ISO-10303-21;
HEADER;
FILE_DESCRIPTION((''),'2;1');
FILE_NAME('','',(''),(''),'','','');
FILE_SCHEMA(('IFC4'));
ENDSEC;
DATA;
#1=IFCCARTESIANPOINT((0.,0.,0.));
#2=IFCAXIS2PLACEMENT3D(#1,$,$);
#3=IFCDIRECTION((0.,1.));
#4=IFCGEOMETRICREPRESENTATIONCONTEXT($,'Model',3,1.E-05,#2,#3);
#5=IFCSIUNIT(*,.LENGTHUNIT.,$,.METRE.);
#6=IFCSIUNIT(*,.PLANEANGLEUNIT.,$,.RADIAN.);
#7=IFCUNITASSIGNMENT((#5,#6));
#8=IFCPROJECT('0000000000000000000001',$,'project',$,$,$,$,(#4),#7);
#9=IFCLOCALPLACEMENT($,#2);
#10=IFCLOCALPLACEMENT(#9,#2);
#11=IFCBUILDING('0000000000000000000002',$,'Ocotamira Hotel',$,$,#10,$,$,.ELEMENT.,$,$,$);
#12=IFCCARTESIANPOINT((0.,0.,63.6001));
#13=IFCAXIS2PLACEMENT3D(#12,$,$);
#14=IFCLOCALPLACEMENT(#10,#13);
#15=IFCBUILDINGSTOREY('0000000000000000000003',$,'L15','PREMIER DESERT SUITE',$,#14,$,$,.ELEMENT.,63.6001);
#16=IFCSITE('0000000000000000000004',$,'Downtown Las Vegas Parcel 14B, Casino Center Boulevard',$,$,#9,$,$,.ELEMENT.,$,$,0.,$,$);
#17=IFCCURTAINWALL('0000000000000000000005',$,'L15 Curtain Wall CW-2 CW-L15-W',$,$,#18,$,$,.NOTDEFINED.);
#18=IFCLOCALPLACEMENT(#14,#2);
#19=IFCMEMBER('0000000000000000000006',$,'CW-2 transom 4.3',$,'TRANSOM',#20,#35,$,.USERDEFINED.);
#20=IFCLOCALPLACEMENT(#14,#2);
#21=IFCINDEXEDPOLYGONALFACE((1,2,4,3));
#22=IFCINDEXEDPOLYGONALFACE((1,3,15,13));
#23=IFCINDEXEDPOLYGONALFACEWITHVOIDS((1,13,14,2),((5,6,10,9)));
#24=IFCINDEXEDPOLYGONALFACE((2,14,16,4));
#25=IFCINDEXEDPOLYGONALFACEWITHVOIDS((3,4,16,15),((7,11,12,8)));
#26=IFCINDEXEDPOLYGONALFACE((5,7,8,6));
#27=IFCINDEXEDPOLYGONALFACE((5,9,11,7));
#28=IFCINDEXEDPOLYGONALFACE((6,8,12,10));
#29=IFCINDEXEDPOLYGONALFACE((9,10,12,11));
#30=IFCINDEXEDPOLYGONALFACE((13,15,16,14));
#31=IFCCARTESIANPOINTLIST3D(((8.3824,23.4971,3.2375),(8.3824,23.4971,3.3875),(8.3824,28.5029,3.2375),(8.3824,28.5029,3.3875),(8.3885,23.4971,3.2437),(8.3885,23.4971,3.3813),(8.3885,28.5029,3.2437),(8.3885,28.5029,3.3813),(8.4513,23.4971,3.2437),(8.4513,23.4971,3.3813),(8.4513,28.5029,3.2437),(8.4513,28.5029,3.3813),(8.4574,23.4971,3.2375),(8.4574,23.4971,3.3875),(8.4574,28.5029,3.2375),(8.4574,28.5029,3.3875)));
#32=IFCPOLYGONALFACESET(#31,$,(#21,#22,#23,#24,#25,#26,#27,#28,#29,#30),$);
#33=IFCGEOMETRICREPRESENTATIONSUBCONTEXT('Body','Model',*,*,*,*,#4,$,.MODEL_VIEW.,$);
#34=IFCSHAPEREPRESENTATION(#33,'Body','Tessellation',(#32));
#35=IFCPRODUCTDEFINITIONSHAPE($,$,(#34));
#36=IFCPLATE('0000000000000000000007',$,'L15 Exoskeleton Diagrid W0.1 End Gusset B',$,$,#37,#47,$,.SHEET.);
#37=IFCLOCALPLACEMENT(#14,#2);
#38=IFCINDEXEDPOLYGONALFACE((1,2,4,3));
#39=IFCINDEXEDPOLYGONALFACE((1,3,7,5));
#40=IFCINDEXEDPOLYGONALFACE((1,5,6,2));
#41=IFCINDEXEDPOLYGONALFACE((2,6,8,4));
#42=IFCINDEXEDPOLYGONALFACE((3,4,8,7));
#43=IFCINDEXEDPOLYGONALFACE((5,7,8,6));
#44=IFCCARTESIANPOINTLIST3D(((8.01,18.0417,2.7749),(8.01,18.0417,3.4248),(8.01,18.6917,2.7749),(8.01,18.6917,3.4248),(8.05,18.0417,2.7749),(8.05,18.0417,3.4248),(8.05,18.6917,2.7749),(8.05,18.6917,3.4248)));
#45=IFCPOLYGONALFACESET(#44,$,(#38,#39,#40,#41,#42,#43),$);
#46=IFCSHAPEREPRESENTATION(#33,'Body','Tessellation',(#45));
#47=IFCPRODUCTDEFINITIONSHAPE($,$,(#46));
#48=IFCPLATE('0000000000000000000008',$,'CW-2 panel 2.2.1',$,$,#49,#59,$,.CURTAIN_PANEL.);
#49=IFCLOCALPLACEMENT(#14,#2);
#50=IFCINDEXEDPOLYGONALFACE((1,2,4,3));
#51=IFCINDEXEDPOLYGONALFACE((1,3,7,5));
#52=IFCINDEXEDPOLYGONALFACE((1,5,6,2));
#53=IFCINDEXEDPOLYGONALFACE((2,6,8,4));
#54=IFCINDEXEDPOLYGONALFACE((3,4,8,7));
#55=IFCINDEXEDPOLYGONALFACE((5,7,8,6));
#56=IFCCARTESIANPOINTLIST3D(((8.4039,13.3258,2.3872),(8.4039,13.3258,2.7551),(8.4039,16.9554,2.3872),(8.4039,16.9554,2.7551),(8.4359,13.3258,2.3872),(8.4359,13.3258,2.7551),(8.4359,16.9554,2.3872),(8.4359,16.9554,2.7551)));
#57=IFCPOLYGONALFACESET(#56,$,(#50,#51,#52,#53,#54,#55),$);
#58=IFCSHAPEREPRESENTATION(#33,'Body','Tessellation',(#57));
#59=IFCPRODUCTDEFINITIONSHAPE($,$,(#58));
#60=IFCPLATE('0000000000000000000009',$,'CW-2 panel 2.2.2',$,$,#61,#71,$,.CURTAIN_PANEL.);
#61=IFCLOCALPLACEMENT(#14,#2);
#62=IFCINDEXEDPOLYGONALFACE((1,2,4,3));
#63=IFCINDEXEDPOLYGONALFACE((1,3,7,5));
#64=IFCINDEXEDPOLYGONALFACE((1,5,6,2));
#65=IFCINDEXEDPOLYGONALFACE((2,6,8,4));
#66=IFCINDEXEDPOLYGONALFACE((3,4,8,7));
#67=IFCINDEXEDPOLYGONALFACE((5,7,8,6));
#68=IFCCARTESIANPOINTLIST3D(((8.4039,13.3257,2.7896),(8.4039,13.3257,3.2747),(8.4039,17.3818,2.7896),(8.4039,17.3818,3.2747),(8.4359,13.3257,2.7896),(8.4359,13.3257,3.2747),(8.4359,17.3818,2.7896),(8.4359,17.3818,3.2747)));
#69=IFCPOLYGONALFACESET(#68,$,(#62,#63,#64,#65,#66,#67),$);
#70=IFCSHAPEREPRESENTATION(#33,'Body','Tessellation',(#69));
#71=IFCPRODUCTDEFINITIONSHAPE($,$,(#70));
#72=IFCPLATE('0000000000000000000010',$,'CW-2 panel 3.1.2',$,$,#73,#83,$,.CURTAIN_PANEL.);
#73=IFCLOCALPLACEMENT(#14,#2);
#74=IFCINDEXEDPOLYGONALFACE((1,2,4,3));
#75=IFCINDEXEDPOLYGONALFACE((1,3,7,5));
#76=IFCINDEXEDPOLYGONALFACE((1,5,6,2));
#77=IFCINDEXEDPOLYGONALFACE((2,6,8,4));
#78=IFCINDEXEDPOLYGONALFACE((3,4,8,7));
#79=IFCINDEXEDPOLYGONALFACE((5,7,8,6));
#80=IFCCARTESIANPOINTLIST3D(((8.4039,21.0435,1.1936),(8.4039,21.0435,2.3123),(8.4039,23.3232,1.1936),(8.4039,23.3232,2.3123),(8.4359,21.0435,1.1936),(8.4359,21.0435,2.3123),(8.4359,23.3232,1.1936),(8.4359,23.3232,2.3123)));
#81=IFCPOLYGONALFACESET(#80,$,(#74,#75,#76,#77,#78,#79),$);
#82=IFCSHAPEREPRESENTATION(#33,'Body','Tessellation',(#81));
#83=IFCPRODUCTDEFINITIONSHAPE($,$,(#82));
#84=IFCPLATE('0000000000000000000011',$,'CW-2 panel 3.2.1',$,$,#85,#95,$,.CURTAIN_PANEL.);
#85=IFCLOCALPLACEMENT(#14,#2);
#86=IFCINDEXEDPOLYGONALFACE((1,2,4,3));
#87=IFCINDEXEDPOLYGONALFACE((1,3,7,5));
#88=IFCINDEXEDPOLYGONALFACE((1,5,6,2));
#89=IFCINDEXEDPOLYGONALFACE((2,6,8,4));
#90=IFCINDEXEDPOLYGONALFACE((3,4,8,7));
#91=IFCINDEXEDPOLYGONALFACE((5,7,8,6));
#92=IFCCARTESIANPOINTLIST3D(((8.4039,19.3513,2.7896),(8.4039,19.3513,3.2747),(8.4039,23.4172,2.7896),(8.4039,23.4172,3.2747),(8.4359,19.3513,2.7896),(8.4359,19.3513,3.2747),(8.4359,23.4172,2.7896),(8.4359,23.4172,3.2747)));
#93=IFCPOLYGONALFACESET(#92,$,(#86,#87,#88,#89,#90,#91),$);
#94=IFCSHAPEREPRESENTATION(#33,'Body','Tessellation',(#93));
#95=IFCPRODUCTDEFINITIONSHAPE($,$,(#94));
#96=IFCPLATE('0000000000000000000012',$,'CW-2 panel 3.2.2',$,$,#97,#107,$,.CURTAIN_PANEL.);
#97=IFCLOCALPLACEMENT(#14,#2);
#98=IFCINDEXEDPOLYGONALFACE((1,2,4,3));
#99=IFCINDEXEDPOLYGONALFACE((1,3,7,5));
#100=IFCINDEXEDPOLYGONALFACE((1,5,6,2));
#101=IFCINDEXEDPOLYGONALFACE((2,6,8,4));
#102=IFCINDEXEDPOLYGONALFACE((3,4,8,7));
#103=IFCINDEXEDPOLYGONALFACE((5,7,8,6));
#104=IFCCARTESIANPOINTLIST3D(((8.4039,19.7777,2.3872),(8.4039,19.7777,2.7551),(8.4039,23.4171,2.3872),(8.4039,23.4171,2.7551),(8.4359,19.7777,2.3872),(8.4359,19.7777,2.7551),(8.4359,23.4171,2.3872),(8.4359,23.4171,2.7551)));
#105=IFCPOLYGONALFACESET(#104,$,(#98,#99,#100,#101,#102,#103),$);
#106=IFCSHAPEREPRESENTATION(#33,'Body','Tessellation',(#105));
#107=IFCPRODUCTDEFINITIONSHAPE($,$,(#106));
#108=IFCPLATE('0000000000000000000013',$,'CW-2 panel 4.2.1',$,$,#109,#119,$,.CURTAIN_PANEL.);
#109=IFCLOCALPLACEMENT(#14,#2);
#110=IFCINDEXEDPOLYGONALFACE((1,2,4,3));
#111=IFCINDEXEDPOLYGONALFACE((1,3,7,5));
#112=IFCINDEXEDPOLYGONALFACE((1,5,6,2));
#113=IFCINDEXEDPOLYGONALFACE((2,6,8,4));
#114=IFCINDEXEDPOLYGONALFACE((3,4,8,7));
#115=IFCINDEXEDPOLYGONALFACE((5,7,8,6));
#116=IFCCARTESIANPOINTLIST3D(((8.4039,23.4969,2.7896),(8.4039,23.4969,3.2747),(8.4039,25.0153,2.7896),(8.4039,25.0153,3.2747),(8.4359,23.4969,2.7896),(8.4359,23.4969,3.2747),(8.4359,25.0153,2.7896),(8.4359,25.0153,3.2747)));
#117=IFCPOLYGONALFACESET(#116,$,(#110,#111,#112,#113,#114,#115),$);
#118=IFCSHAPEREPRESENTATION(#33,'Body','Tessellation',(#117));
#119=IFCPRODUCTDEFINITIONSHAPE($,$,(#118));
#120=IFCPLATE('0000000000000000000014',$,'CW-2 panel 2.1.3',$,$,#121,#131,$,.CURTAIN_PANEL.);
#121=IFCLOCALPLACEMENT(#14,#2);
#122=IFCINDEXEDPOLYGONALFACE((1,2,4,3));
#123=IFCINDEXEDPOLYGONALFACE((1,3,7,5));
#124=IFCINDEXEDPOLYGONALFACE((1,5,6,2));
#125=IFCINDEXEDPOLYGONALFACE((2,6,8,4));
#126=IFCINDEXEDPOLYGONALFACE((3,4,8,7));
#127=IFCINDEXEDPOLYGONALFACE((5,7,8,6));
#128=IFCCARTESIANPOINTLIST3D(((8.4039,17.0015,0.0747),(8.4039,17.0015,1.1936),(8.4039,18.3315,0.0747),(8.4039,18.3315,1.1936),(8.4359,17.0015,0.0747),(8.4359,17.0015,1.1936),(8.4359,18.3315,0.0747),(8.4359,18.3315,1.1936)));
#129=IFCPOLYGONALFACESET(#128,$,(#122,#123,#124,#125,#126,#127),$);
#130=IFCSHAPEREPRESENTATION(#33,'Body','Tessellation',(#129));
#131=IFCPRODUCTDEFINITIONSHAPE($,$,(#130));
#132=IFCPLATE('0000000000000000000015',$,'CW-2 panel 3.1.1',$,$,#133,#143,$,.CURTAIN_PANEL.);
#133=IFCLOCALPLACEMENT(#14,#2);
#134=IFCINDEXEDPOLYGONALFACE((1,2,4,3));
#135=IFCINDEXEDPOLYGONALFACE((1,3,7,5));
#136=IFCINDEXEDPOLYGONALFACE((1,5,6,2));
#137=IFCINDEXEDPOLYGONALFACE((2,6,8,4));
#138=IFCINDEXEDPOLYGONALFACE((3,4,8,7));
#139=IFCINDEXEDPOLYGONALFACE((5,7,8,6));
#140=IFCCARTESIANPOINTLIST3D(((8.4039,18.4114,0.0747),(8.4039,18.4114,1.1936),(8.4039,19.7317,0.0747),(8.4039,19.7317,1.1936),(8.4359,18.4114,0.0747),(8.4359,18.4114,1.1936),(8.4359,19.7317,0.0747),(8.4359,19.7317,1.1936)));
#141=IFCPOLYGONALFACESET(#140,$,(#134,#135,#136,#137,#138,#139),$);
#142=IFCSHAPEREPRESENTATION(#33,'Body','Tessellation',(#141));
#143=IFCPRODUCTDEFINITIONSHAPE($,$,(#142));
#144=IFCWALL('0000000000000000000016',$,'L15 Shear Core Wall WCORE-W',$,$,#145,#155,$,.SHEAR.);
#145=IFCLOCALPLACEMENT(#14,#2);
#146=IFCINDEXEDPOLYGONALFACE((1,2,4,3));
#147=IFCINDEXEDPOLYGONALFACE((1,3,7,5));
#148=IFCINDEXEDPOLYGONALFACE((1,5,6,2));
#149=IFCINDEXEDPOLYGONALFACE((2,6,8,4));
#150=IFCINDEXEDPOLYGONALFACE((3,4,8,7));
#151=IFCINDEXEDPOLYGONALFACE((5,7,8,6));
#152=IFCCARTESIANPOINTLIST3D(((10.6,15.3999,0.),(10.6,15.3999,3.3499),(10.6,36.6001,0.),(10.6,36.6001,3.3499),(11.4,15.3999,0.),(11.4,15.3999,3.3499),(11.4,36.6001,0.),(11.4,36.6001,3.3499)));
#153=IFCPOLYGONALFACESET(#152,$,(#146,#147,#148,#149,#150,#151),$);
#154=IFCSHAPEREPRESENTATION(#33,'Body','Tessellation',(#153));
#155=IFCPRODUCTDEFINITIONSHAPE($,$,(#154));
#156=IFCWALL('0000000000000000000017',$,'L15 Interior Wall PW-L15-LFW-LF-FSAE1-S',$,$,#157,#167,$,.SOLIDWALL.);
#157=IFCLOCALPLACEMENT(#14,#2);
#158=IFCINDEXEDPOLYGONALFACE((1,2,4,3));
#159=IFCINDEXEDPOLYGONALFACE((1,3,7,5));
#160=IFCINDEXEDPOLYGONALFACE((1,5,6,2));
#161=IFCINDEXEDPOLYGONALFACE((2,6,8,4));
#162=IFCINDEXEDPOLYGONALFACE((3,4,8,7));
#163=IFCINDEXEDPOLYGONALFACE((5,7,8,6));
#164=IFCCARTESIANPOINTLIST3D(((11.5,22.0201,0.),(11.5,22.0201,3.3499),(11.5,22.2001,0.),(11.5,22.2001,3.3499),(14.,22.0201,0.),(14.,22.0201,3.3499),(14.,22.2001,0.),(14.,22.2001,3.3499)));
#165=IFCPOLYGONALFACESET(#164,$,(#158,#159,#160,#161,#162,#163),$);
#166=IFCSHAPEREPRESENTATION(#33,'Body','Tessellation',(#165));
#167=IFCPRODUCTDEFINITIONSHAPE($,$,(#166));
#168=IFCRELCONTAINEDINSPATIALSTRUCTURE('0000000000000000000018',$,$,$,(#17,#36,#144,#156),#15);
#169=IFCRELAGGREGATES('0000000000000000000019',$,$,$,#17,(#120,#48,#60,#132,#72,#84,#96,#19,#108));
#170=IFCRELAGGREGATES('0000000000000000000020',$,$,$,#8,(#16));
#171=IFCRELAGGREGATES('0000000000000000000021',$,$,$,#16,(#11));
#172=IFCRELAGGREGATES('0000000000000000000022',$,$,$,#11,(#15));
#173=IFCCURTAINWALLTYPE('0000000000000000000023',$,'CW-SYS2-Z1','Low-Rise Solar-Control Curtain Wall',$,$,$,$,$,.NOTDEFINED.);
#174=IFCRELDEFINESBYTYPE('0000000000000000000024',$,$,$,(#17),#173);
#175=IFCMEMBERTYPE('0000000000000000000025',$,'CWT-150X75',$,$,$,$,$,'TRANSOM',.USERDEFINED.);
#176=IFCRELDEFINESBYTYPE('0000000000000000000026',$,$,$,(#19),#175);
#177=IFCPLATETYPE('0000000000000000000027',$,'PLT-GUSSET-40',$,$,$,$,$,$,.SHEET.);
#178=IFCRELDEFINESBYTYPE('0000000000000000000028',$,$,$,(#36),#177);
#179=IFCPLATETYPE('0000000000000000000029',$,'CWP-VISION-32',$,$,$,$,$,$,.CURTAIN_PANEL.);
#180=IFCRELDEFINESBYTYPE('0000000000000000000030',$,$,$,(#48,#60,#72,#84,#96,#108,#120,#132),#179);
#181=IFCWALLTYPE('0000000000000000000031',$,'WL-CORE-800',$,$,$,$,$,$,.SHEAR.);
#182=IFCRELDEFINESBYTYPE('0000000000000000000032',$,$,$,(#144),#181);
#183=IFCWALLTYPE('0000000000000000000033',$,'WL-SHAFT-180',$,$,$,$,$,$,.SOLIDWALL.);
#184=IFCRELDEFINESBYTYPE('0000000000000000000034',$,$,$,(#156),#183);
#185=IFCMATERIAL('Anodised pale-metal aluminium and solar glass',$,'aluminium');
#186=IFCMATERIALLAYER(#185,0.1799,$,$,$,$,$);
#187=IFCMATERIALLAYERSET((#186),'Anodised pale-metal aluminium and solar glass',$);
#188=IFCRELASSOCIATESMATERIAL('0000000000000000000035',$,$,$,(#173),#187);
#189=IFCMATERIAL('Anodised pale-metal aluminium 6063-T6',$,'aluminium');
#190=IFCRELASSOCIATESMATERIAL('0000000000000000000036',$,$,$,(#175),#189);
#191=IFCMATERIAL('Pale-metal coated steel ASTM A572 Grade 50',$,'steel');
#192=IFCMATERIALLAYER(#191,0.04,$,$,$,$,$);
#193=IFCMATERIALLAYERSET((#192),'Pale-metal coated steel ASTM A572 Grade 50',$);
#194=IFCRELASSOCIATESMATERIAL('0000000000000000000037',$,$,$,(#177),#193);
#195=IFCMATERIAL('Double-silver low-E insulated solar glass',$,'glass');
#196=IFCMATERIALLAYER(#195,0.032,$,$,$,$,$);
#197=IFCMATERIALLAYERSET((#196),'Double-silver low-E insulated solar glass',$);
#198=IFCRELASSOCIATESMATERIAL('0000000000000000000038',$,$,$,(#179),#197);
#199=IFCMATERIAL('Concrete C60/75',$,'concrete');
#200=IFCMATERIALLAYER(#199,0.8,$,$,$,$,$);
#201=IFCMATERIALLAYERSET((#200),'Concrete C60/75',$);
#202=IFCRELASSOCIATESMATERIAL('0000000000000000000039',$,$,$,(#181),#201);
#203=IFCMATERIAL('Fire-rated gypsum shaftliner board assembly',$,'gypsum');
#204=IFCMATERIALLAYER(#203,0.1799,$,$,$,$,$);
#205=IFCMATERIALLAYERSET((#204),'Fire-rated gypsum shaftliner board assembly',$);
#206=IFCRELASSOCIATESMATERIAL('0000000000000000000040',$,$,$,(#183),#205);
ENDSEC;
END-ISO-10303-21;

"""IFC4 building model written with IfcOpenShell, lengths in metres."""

from ifc_helpers import new_model, si_unit, direction, frame, frame_2d, origin, origin_2d, place, context, subcontext, project, spatial, rectangle, hollow_rectangle, extrude, source, transform, mapped, material, layer, layer_set, material_profile, profile_set, type_object, element, aggregate, save


model = new_model("IFC4")

# Units and contexts
model_context = context("Model", 3, precision=1e-05, world=origin(), true_north=direction((0.0, 1.0)))
body_context = subcontext(model_context, "Body", "Model", "MODEL_VIEW")
ifc_project = project(units=[si_unit("LENGTHUNIT", "METRE"), si_unit("PLANEANGLEUNIT", "RADIAN")], contexts=[model_context])

# Site, building, storey
site_placement = place(None, origin())
site = spatial("IfcSite", under=ifc_project, at=site_placement, Name="Downtown Las Vegas Parcel 14B, Casino Center Boulevard", CompositionType="ELEMENT", RefElevation=0.0)
building_placement = place(site_placement, origin())
building = spatial("IfcBuilding", under=site, at=building_placement, Name="Ocotamira Hotel", CompositionType="ELEMENT")
storey_placement = place(building_placement, frame((0.0, 0.0, 63.6001)))
storey = spatial("IfcBuildingStorey", under=building, at=storey_placement, Name="L15", Description="PREMIER DESERT SUITE", CompositionType="ELEMENT", Elevation=63.6001)

# Shared definitions
ifc_material_1 = material(Name="Concrete C60/75", Category="concrete")

# Curtain wall, member
ifc_material_2 = material(Name="Anodised pale-metal aluminium and solar glass", Category="aluminium")
ifc_layer_1 = layer(ifc_material_2, 0.1799)
ifc_layer_set_1 = layer_set([ifc_layer_1], Name="Anodised pale-metal aluminium and solar glass")
curtain_wall_type = type_object("IfcCurtainWallType", Name="CW-SYS2-Z1", Description="Low-Rise Solar-Control Curtain Wall", PredefinedType="NOTDEFINED", material=ifc_layer_set_1)
curtain_wall_placement = place(storey_placement, origin())
curtain_wall = element("IfcCurtainWall", 1, at=curtain_wall_placement, inside=storey, type_object=curtain_wall_type, Name="L15 Curtain Wall CW-2 CW-L15-W", PredefinedType="NOTDEFINED")
ifc_material_3 = material(Name="Anodised pale-metal aluminium 6063-T6", Category="aluminium")
ifc_material_profile_1 = material_profile(ifc_material_3, hollow_rectangle(XDim=0.075, YDim=0.1499, WallThickness=0.0061, at=origin_2d()), Name="HSS150X75X6")
ifc_profile_set_1 = profile_set([ifc_material_profile_1], Name="Anodised pale-metal aluminium 6063-T6")
member_type_1 = type_object("IfcMemberType", Name="CWT-150X75", ElementType="TRANSOM", PredefinedType="USERDEFINED", material=ifc_profile_set_1)
shared_shape_1 = source(origin(), body_context, "Body", "SweptSolid", [
    extrude(hollow_rectangle(XDim=0.075, YDim=0.1499, WallThickness=0.0061, at=origin_2d()), origin(), (0.0, 0.0, 1.0), 5.0059),
])
member_1_placement = place(storey_placement, frame((8.4199, 23.4971, 3.3125), z_axis=(0.0, 1.0, 0.0), x_axis=(-1.0, 0.0, 0.0)))
member_1 = element("IfcMember", 2, at=member_1_placement, type_object=member_type_1, Name="CW-2 transom 4.3", ObjectType="TRANSOM", PredefinedType="USERDEFINED", context=body_context, shape_type="MappedRepresentation", body=[
    mapped(shared_shape_1, transform((0.0, 0.0, 0.0), scale=1.0)),
])

# Plates
ifc_material_4 = material(Name="Pale-metal coated steel ASTM A572 Grade 50", Category="steel")
ifc_layer_2 = layer(ifc_material_4, 0.04)
ifc_layer_set_2 = layer_set([ifc_layer_2], Name="Pale-metal coated steel ASTM A572 Grade 50")
plate_type_1 = type_object("IfcPlateType", Name="PLT-GUSSET-40", PredefinedType="SHEET", material=ifc_layer_set_2)
shared_shape_2 = source(origin(), body_context, "Body", "SweptSolid", [
    extrude(rectangle(XDim=0.04, YDim=0.6499, at=origin_2d()), origin(), (0.0, 0.0, 1.0), 0.6499),
])
plate_1_placement = place(storey_placement, frame((8.03, 18.3667, 2.7749), z_axis=(0.0, 0.0, 1.0), x_axis=(1.0, 0.0, 0.0)))
element("IfcPlate", 3, at=plate_1_placement, inside=storey, type_object=plate_type_1, Name="L15 Exoskeleton Diagrid W0.1 End Gusset B", PredefinedType="SHEET", context=body_context, shape_type="MappedRepresentation", body=[
    mapped(shared_shape_2, transform((0.0, 0.0, 0.0), scale=1.0)),
])
ifc_material_5 = material(Name="Double-silver low-E insulated solar glass", Category="glass")
ifc_layer_3 = layer(ifc_material_5, 0.032)
ifc_layer_set_3 = layer_set([ifc_layer_3], Name="Double-silver low-E insulated solar glass")
plate_type_2 = type_object("IfcPlateType", Name="CWP-VISION-32", PredefinedType="CURTAIN_PANEL", material=ifc_layer_set_3)
shared_shape_3 = source(origin(), body_context, "Body", "SweptSolid", [
    extrude(rectangle(XDim=3.6296, YDim=0.032, at=origin_2d()), origin(), (0.0, 0.0, 1.0), 0.3679),
])
plate_2_placement = place(storey_placement, frame((8.4199, 15.1406, 2.3872), z_axis=(0.0, 0.0, 1.0), x_axis=(0.0, 1.0, 0.0)))
plate_2 = element("IfcPlate", 4, at=plate_2_placement, type_object=plate_type_2, Name="CW-2 panel 2.2.1", PredefinedType="CURTAIN_PANEL", context=body_context, shape_type="MappedRepresentation", body=[
    mapped(shared_shape_3, transform((0.0, 0.0, 0.0), scale=1.0)),
])
shared_shape_4 = source(origin(), body_context, "Body", "SweptSolid", [
    extrude(rectangle(XDim=4.0562, YDim=0.032, at=origin_2d()), origin(), (0.0, 0.0, 1.0), 0.4851),
])
plate_3_placement = place(storey_placement, frame((8.4199, 15.3538, 2.7896), z_axis=(0.0, 0.0, 1.0), x_axis=(0.0, 1.0, 0.0)))
plate_3 = element("IfcPlate", 5, at=plate_3_placement, type_object=plate_type_2, Name="CW-2 panel 2.2.2", PredefinedType="CURTAIN_PANEL", context=body_context, shape_type="MappedRepresentation", body=[
    mapped(shared_shape_4, transform((0.0, 0.0, 0.0), scale=1.0)),
])
shared_shape_5 = source(origin(), body_context, "Body", "SweptSolid", [
    extrude(rectangle(XDim=2.2798, YDim=0.032, at=origin_2d()), origin(), (0.0, 0.0, 1.0), 1.1187),
])
plate_4_placement = place(storey_placement, frame((8.4199, 22.1833, 1.1936), z_axis=(0.0, 0.0, 1.0), x_axis=(0.0, 1.0, 0.0)))
plate_4 = element("IfcPlate", 6, at=plate_4_placement, type_object=plate_type_2, Name="CW-2 panel 3.1.2", PredefinedType="CURTAIN_PANEL", context=body_context, shape_type="MappedRepresentation", body=[
    mapped(shared_shape_5, transform((0.0, 0.0, 0.0), scale=1.0)),
])
shared_shape_6 = source(origin(), body_context, "Body", "SweptSolid", [
    extrude(rectangle(XDim=4.0659, YDim=0.032, at=origin_2d()), origin(), (0.0, 0.0, 1.0), 0.4851),
])
plate_5_placement = place(storey_placement, frame((8.4199, 21.3843, 2.7896), z_axis=(0.0, 0.0, 1.0), x_axis=(0.0, 1.0, 0.0)))
plate_5 = element("IfcPlate", 7, at=plate_5_placement, type_object=plate_type_2, Name="CW-2 panel 3.2.1", PredefinedType="CURTAIN_PANEL", context=body_context, shape_type="MappedRepresentation", body=[
    mapped(shared_shape_6, transform((0.0, 0.0, 0.0), scale=1.0)),
])
shared_shape_7 = source(origin(), body_context, "Body", "SweptSolid", [
    extrude(rectangle(XDim=3.6394, YDim=0.032, at=origin_2d()), origin(), (0.0, 0.0, 1.0), 0.3679),
])
plate_6_placement = place(storey_placement, frame((8.4199, 21.5974, 2.3872), z_axis=(0.0, 0.0, 1.0), x_axis=(0.0, 1.0, 0.0)))
plate_6 = element("IfcPlate", 8, at=plate_6_placement, type_object=plate_type_2, Name="CW-2 panel 3.2.2", PredefinedType="CURTAIN_PANEL", context=body_context, shape_type="MappedRepresentation", body=[
    mapped(shared_shape_7, transform((0.0, 0.0, 0.0), scale=1.0)),
])
shared_shape_8 = source(origin(), body_context, "Body", "SweptSolid", [
    extrude(rectangle(XDim=1.5183, YDim=0.032, at=origin_2d()), origin(), (0.0, 0.0, 1.0), 0.4851),
])
plate_7_placement = place(storey_placement, frame((8.4199, 24.2561, 2.7896), z_axis=(0.0, 0.0, 1.0), x_axis=(0.0, 1.0, 0.0)))
plate_7 = element("IfcPlate", 9, at=plate_7_placement, type_object=plate_type_2, Name="CW-2 panel 4.2.1", PredefinedType="CURTAIN_PANEL", context=body_context, shape_type="MappedRepresentation", body=[
    mapped(shared_shape_8, transform((0.0, 0.0, 0.0), scale=1.0)),
])
shared_shape_9 = source(origin(), body_context, "Body", "SweptSolid", [
    extrude(rectangle(XDim=1.3301, YDim=0.032, at=origin_2d()), origin(), (0.0, 0.0, 1.0), 1.1189),
])
plate_8_placement = place(storey_placement, frame((8.4199, 17.6665, 0.0747), z_axis=(0.0, 0.0, 1.0), x_axis=(0.0, 1.0, 0.0)))
plate_8 = element("IfcPlate", 10, at=plate_8_placement, type_object=plate_type_2, Name="CW-2 panel 2.1.3", PredefinedType="CURTAIN_PANEL", context=body_context, shape_type="MappedRepresentation", body=[
    mapped(shared_shape_9, transform((0.0, 0.0, 0.0), scale=1.0)),
])
shared_shape_10 = source(origin(), body_context, "Body", "SweptSolid", [
    extrude(rectangle(XDim=1.3203, YDim=0.032, at=origin_2d()), origin(), (0.0, 0.0, 1.0), 1.1189),
])
plate_9_placement = place(storey_placement, frame((8.4199, 19.0715, 0.0747), z_axis=(0.0, 0.0, 1.0), x_axis=(0.0, 1.0, 0.0)))
plate_9 = element("IfcPlate", 11, at=plate_9_placement, type_object=plate_type_2, Name="CW-2 panel 3.1.1", PredefinedType="CURTAIN_PANEL", context=body_context, shape_type="MappedRepresentation", body=[
    mapped(shared_shape_10, transform((0.0, 0.0, 0.0), scale=1.0)),
])
aggregate(curtain_wall, [plate_8, plate_2, plate_3, plate_9, plate_4, plate_5, plate_6, member_1, plate_7])

# Shared definitions
ifc_layer_4 = layer(ifc_material_1, 0.8)
ifc_layer_set_4 = layer_set([ifc_layer_4], Name="Concrete C60/75")
wall_type_1 = type_object("IfcWallType", Name="WL-CORE-800", PredefinedType="SHEAR", material=ifc_layer_set_4)

# Walls
wall_1_placement = place(storey_placement, frame((11.0, 15.3999, 0.0), z_axis=(0.0, 0.0, 1.0), x_axis=(0.0, 1.0, 0.0)))
element("IfcWall", 12, at=wall_1_placement, inside=storey, type_object=wall_type_1, Name="L15 Shear Core Wall WCORE-W", PredefinedType="SHEAR", context=body_context, shape_type="SweptSolid", body=[
    extrude(rectangle(XDim=21.2002, YDim=0.8, at=frame_2d((10.6001, 0.0))), origin(), (0.0, 0.0, 1.0), 3.3499),
])
ifc_material_6 = material(Name="Fire-rated gypsum shaftliner board assembly", Category="gypsum")
ifc_layer_5 = layer(ifc_material_6, 0.1799)
ifc_layer_set_5 = layer_set([ifc_layer_5], Name="Fire-rated gypsum shaftliner board assembly")
wall_type_2 = type_object("IfcWallType", Name="WL-SHAFT-180", PredefinedType="SOLIDWALL", material=ifc_layer_set_5)
wall_2_placement = place(storey_placement, frame((11.5, 22.1101, 0.0), z_axis=(0.0, 0.0, 1.0), x_axis=(1.0, 0.0, 0.0)))
element("IfcWall", 13, at=wall_2_placement, inside=storey, type_object=wall_type_2, Name="L15 Interior Wall PW-L15-LFW-LF-FSAE1-S", PredefinedType="SOLIDWALL", context=body_context, shape_type="SweptSolid", body=[
    extrude(rectangle(XDim=2.5, YDim=0.1799, at=frame_2d((1.25, 0.0))), origin(), (0.0, 0.0, 1.0), 3.3499),
])

save(model, "model.ifc")
